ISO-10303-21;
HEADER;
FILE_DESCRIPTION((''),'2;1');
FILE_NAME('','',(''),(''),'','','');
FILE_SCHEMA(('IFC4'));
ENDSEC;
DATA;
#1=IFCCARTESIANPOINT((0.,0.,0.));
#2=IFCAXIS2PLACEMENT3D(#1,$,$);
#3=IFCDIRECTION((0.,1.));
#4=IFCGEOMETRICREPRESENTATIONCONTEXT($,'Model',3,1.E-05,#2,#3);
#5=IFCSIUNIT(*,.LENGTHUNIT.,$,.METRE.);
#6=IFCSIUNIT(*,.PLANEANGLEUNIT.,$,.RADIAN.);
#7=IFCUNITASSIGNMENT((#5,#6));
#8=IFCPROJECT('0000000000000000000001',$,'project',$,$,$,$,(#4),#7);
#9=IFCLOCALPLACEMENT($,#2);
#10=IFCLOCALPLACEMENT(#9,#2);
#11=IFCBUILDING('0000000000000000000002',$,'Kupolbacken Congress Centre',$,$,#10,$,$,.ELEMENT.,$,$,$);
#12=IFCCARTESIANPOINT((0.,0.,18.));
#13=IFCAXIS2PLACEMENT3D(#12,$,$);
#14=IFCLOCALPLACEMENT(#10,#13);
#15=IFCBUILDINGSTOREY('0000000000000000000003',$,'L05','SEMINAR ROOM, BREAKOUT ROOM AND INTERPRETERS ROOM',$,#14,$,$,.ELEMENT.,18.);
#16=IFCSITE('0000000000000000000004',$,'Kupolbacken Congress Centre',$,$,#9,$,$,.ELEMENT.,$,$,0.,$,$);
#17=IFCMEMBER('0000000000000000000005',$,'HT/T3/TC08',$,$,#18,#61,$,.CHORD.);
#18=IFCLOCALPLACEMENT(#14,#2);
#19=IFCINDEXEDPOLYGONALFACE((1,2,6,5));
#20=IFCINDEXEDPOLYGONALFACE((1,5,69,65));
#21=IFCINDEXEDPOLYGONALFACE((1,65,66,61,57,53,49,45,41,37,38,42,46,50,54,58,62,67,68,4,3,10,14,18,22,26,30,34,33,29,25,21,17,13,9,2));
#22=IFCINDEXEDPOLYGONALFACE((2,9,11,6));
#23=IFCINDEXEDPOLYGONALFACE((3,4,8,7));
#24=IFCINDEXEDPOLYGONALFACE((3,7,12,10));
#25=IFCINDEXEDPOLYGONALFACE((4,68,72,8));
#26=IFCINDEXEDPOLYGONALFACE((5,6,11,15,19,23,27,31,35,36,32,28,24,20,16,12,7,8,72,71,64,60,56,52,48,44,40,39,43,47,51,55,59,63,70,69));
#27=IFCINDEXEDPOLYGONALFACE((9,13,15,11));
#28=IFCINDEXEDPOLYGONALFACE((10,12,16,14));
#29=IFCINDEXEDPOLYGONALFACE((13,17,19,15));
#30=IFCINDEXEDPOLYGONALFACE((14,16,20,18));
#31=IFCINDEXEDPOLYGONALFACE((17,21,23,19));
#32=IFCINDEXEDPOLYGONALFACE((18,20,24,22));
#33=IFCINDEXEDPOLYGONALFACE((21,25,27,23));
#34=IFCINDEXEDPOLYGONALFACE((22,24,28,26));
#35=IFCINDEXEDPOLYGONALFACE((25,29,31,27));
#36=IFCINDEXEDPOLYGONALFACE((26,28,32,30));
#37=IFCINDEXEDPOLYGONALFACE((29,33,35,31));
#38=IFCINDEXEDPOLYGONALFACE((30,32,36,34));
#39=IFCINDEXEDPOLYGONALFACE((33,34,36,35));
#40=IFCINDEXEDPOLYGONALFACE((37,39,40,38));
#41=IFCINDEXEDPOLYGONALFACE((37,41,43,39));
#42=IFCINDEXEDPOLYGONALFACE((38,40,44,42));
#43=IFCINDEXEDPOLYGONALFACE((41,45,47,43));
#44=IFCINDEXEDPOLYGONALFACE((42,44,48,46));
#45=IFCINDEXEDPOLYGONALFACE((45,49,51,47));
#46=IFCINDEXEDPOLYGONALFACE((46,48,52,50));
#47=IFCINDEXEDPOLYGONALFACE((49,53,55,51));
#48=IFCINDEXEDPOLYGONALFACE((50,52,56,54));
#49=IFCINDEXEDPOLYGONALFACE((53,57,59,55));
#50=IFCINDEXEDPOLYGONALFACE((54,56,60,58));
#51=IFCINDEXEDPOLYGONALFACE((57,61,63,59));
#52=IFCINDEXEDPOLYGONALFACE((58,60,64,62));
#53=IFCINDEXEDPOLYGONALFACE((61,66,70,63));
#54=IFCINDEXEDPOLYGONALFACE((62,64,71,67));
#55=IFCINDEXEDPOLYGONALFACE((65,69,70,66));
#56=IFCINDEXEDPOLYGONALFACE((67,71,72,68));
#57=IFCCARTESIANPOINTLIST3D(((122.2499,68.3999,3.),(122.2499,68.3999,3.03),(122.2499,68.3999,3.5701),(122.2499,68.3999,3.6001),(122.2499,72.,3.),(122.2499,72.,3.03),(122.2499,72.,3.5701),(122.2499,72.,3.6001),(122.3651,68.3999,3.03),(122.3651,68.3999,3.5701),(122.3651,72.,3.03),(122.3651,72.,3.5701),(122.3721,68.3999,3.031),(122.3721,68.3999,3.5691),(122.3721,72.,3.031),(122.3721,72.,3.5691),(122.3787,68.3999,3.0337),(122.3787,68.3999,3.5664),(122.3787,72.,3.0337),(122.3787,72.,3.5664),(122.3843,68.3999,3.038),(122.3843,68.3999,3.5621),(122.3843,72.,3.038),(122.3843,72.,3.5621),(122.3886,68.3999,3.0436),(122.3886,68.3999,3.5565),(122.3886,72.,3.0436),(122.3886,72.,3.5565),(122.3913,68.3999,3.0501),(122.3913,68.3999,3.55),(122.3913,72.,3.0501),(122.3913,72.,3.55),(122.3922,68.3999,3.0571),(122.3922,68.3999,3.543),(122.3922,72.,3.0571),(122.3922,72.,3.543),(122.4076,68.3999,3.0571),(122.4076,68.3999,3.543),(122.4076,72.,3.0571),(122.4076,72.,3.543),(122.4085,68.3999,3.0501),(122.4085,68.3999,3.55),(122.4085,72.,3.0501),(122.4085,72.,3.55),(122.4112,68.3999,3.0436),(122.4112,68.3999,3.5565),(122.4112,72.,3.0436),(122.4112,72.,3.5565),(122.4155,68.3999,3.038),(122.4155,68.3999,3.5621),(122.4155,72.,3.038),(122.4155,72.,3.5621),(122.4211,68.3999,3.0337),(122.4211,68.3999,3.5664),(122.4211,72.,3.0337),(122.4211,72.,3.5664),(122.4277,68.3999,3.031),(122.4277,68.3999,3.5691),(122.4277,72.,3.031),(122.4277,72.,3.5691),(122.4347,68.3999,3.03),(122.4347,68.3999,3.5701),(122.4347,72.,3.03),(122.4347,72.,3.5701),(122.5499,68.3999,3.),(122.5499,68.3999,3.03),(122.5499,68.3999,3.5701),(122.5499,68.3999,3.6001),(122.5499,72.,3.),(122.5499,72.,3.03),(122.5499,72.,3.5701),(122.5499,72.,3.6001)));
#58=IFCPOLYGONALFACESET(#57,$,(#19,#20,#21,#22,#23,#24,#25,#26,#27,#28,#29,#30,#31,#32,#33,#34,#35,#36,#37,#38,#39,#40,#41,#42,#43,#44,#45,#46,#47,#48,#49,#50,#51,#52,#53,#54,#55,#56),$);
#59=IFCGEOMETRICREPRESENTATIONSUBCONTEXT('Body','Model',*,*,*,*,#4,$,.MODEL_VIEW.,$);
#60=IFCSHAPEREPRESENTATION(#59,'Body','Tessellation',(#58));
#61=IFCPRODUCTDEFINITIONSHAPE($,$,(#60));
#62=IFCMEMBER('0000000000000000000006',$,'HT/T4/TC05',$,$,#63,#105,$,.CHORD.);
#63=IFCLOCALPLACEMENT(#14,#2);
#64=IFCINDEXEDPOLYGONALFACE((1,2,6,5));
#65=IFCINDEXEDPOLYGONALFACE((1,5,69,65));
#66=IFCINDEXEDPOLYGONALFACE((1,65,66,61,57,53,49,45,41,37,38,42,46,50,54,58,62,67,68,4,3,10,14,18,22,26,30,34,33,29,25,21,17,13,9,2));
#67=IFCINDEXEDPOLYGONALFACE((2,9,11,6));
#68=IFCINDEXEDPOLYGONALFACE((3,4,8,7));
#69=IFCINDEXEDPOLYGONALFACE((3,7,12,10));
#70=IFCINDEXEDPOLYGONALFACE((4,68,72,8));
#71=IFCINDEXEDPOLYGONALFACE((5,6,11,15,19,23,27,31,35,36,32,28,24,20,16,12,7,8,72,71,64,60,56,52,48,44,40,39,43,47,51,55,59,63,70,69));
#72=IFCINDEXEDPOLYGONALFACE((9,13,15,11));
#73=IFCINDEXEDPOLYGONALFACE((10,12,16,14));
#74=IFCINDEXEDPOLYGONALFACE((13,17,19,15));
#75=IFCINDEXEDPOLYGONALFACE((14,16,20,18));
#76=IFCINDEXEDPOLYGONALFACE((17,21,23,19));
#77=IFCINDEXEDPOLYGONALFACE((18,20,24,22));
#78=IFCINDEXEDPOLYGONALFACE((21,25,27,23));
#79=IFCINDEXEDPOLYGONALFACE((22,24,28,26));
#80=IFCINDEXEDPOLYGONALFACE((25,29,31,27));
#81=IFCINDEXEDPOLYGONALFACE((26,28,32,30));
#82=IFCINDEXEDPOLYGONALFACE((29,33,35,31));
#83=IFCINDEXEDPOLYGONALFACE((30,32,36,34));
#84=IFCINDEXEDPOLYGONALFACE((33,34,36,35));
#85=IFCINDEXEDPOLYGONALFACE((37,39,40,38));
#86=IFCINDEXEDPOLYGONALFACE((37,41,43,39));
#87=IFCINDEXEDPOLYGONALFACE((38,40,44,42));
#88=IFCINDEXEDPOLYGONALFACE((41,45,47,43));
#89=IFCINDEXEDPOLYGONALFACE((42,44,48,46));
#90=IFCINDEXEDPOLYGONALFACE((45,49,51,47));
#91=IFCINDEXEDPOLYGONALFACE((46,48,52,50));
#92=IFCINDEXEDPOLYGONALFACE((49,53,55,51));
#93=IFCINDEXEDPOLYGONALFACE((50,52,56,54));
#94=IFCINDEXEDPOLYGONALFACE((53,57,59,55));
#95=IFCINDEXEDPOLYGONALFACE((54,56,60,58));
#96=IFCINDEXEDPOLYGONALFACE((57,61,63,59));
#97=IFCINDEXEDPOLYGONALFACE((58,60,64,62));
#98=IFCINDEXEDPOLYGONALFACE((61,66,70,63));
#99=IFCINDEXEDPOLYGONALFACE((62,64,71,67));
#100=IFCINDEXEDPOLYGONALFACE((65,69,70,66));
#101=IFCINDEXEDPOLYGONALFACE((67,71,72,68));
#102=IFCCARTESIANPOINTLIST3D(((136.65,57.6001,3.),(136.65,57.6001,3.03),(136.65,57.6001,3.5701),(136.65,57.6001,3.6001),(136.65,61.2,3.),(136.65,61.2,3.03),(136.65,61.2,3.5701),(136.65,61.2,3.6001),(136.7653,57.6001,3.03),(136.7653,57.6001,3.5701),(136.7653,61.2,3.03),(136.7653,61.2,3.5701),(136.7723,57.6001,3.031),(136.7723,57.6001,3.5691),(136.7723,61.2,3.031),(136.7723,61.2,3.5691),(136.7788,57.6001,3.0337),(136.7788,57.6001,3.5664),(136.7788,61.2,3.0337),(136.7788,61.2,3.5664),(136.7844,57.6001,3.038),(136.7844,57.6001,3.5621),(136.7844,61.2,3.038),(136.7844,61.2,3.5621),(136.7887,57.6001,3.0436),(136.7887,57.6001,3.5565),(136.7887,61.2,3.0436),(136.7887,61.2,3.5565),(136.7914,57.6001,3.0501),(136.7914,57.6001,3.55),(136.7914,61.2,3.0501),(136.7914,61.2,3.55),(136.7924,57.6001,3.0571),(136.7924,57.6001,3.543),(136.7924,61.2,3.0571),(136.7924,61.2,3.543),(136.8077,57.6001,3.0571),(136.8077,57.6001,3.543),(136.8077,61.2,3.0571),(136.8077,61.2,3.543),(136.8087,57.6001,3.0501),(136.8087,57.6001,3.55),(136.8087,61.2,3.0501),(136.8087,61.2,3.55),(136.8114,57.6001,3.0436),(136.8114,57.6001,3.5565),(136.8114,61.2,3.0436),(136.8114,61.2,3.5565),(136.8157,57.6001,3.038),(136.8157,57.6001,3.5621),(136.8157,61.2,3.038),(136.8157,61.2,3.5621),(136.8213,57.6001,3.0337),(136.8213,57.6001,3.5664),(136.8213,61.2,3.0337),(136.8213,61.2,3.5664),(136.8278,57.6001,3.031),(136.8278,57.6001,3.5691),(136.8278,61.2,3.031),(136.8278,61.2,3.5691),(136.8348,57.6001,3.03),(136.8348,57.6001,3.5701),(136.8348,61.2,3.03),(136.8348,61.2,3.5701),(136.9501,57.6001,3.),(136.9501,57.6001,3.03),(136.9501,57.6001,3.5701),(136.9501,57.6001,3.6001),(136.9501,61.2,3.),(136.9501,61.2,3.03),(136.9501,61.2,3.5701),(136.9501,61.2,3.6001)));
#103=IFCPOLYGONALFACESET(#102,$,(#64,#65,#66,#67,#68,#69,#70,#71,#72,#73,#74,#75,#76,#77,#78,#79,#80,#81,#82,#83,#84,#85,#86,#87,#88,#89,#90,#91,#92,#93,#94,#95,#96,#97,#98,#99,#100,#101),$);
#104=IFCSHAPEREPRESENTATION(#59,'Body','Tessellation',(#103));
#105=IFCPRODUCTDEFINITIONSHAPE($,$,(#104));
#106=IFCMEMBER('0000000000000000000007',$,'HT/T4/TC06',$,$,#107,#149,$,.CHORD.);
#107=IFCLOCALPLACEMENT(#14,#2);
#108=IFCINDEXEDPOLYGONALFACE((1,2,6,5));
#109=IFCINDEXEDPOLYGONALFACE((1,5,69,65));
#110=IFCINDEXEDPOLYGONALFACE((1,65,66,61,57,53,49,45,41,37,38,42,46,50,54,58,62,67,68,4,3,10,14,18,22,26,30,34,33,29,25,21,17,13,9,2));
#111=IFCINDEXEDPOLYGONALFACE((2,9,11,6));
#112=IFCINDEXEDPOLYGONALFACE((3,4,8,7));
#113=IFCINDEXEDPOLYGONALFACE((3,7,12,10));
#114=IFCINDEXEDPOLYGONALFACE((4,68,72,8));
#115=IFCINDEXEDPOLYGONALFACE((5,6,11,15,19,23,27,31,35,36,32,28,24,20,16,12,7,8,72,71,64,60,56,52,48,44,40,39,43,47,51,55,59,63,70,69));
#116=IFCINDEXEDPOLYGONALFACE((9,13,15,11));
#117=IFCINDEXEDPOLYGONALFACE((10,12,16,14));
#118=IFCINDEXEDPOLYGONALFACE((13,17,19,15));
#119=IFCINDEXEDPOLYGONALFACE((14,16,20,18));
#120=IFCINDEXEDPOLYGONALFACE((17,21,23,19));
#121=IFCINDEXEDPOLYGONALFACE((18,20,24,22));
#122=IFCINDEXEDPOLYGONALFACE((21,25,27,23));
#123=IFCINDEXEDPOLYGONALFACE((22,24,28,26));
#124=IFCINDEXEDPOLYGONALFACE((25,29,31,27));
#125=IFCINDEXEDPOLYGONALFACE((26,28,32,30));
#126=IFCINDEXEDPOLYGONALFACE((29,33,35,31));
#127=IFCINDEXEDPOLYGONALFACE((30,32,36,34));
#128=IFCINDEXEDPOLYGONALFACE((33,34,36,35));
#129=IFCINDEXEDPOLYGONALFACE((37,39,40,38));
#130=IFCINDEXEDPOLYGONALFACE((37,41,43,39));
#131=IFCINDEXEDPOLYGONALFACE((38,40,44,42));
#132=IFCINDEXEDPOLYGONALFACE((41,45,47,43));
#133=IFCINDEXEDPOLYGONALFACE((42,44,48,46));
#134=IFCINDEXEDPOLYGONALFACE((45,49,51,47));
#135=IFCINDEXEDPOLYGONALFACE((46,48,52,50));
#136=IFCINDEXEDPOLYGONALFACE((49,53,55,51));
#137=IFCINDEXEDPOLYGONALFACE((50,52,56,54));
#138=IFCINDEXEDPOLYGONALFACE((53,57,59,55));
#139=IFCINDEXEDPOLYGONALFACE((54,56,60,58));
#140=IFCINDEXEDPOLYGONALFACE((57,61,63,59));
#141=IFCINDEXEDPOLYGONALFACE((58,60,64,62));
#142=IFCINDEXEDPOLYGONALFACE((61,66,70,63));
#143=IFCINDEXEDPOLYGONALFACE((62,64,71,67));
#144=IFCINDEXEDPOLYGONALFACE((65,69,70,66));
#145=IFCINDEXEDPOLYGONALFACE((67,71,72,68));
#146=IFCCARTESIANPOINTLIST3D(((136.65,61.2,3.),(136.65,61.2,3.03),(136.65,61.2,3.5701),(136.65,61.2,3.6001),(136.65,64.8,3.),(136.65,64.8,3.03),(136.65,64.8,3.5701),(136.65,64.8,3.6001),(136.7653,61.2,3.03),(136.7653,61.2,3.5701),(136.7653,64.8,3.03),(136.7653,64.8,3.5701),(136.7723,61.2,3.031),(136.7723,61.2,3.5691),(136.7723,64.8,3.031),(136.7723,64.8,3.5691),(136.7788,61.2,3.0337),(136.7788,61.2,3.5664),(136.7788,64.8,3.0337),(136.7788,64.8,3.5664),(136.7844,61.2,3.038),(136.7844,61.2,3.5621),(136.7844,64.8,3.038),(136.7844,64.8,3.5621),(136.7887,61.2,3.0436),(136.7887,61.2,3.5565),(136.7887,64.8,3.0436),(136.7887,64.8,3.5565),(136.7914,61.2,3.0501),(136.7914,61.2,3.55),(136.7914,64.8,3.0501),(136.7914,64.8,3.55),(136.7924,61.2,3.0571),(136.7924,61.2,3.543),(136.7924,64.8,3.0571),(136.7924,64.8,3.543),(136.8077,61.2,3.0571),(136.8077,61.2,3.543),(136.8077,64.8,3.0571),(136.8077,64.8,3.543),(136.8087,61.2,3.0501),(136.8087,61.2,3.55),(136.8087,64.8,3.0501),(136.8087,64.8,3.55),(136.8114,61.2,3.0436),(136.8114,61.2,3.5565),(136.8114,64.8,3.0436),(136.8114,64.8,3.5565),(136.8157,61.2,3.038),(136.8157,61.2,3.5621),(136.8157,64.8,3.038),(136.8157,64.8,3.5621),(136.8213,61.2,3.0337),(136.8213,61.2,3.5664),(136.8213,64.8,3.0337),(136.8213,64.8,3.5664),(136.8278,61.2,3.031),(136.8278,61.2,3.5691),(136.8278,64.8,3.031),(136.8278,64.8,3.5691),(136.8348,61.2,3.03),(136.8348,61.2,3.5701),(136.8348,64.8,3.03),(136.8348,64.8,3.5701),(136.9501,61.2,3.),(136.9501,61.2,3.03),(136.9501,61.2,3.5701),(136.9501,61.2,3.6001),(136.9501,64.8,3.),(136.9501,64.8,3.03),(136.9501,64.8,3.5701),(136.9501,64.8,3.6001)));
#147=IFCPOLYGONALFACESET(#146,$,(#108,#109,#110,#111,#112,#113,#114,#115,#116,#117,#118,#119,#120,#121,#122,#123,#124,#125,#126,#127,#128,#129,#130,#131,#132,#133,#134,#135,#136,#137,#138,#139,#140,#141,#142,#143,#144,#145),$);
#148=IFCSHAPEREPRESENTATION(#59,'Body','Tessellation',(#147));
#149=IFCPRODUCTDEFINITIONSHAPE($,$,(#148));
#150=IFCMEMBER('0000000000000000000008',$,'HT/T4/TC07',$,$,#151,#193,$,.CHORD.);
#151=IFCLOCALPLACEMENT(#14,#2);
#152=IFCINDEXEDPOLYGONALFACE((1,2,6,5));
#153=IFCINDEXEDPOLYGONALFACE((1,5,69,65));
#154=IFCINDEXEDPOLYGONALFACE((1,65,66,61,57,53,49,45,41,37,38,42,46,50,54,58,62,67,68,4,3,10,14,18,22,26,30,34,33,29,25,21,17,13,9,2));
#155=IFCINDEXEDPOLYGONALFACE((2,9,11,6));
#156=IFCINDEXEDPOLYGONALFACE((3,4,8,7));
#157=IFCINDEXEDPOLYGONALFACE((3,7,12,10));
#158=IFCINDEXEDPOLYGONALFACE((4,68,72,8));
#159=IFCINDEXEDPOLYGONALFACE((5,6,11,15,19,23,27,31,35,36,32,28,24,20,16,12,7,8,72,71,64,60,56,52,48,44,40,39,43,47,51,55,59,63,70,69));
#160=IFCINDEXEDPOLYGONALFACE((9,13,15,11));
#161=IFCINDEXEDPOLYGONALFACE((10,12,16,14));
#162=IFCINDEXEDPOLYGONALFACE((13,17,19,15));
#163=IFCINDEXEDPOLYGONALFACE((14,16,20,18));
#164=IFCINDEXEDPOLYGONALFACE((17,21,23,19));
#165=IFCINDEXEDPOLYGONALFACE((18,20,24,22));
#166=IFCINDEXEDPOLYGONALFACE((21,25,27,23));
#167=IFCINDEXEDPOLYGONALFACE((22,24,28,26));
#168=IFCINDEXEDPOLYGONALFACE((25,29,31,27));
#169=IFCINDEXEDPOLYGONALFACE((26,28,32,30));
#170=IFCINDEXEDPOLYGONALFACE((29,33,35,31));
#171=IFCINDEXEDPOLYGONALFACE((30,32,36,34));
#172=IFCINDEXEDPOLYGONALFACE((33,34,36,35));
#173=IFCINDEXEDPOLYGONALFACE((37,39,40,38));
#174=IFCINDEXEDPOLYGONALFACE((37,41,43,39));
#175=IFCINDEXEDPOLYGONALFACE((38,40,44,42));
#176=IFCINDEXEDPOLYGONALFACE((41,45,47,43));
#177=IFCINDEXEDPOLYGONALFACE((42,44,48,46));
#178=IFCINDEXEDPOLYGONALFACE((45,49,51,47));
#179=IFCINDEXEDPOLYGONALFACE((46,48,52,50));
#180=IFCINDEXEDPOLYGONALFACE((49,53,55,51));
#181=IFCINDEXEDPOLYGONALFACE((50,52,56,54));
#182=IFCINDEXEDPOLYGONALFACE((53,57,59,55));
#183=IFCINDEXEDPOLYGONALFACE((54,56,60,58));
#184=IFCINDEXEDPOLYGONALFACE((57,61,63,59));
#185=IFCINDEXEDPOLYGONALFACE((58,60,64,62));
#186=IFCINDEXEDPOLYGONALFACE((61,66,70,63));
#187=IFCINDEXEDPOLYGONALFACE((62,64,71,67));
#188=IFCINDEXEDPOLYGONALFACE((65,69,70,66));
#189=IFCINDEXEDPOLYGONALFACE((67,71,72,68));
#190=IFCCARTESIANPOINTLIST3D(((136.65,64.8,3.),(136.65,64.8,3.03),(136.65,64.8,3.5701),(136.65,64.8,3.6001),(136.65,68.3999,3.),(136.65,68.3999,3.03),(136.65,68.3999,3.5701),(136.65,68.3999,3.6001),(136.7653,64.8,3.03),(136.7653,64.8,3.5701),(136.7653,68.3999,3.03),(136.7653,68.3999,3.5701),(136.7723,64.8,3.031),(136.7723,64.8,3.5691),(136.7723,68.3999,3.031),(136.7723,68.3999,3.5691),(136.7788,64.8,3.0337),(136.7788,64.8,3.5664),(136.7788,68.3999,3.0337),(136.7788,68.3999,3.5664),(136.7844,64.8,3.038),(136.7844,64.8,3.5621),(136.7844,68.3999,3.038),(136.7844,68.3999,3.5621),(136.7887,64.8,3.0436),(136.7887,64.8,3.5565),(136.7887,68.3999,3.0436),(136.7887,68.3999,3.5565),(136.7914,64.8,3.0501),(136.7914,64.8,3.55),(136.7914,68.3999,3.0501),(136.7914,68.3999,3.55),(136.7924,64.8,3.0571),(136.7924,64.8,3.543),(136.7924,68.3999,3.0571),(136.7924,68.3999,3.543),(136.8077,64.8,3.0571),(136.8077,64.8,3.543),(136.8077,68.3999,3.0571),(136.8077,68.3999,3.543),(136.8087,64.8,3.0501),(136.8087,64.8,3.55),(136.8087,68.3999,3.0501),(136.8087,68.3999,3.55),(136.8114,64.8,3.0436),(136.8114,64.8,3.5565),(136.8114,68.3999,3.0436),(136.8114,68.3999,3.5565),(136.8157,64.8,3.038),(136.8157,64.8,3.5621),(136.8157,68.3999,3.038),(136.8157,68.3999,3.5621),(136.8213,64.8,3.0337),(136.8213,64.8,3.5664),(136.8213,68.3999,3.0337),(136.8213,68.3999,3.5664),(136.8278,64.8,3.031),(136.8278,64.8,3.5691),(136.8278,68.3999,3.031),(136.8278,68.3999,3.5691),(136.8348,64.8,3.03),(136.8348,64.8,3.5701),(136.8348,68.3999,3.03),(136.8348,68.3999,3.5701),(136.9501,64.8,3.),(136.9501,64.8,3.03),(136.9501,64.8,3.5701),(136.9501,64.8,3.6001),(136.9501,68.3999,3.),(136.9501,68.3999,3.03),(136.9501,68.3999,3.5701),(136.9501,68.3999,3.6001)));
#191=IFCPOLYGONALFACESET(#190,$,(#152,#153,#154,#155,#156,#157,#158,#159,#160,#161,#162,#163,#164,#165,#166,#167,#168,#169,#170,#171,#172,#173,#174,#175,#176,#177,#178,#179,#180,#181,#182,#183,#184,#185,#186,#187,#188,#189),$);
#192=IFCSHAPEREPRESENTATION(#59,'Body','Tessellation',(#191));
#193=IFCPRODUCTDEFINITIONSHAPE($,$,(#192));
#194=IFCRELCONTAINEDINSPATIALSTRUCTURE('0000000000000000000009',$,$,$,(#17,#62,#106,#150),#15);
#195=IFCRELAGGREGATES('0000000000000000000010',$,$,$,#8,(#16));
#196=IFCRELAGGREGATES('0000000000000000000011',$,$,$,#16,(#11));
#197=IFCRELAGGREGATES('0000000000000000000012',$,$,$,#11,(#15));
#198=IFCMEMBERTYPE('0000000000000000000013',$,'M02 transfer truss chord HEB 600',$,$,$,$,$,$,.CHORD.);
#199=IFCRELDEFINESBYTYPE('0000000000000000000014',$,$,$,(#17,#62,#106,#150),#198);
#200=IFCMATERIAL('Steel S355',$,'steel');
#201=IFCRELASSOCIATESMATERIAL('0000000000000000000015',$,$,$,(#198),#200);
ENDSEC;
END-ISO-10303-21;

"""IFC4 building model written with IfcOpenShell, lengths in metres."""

from ifc_helpers import new_model, si_unit, direction, frame, origin, origin_2d, place, context, subcontext, project, spatial, i_section, extrude, material, material_profile, profile_set, type_object, element, save


model = new_model("IFC4")

# Units and contexts
model_context = context("Model", 3, precision=1e-05, world=origin(), true_north=direction((0.0, 1.0)))
body_context = subcontext(model_context, "Body", "Model", "MODEL_VIEW")
ifc_project = project(units=[si_unit("LENGTHUNIT", "METRE"), si_unit("PLANEANGLEUNIT", "RADIAN")], contexts=[model_context])

# Site, building, storey
site_placement = place(None, origin())
site = spatial("IfcSite", under=ifc_project, at=site_placement, Name="Kupolbacken Congress Centre", CompositionType="ELEMENT", RefElevation=0.0)
building_placement = place(site_placement, origin())
building = spatial("IfcBuilding", under=site, at=building_placement, Name="Kupolbacken Congress Centre", CompositionType="ELEMENT")
storey_placement = place(building_placement, frame((0.0, 0.0, 18.0)))
storey = spatial("IfcBuildingStorey", under=building, at=storey_placement, Name="L05", Description="SEMINAR ROOM, BREAKOUT ROOM AND INTERPRETERS ROOM", CompositionType="ELEMENT", Elevation=18.0)

# Members
ifc_material_1 = material(Name="Steel S355", Category="steel")
ifc_material_profile_1 = material_profile(ifc_material_1, i_section(OverallWidth=0.3, OverallDepth=0.6001, WebThickness=0.0154, FlangeThickness=0.03, FilletRadius=0.0271, at=origin_2d()), Name="HEB 600")
ifc_profile_set_1 = profile_set([ifc_material_profile_1], Name="Steel S355")
member_type_1 = type_object("IfcMemberType", Name="M02 transfer truss chord HEB 600", PredefinedType="CHORD", material=ifc_profile_set_1)
member_1_placement = place(storey_placement, frame((122.3999, 68.3999, 3.3), z_axis=(0.0, 1.0, 0.0), x_axis=(-1.0, 0.0, 0.0)))
element("IfcMember", 1, at=member_1_placement, inside=storey, type_object=member_type_1, Name="HT/T3/TC08", PredefinedType="CHORD", context=body_context, shape_type="SweptSolid", body=[
    extrude(i_section(OverallWidth=0.3, OverallDepth=0.6001, WebThickness=0.0154, FlangeThickness=0.03, FilletRadius=0.0271, at=origin_2d()), origin(), (0.0, 0.0, 1.0), 3.6001),
])
member_2_placement = place(storey_placement, frame((136.8, 57.6001, 3.3), z_axis=(0.0, 1.0, 0.0), x_axis=(-1.0, 0.0, 0.0)))
element("IfcMember", 2, at=member_2_placement, inside=storey, type_object=member_type_1, Name="HT/T4/TC05", PredefinedType="CHORD", context=body_context, shape_type="SweptSolid", body=[
    extrude(i_section(OverallWidth=0.3, OverallDepth=0.6001, WebThickness=0.0154, FlangeThickness=0.03, FilletRadius=0.0271, at=origin_2d()), origin(), (0.0, 0.0, 1.0), 3.5999),
])
member_3_placement = place(storey_placement, frame((136.8, 61.2, 3.3), z_axis=(0.0, 1.0, 0.0), x_axis=(-1.0, 0.0, 0.0)))
element("IfcMember", 3, at=member_3_placement, inside=storey, type_object=member_type_1, Name="HT/T4/TC06", PredefinedType="CHORD", context=body_context, shape_type="SweptSolid", body=[
    extrude(i_section(OverallWidth=0.3, OverallDepth=0.6001, WebThickness=0.0154, FlangeThickness=0.03, FilletRadius=0.0271, at=origin_2d()), origin(), (0.0, 0.0, 1.0), 3.6001),
])
member_4_placement = place(storey_placement, frame((136.8, 64.8, 3.3), z_axis=(0.0, 1.0, 0.0), x_axis=(-1.0, 0.0, 0.0)))
element("IfcMember", 4, at=member_4_placement, inside=storey, type_object=member_type_1, Name="HT/T4/TC07", PredefinedType="CHORD", context=body_context, shape_type="SweptSolid", body=[
    extrude(i_section(OverallWidth=0.3, OverallDepth=0.6001, WebThickness=0.0154, FlangeThickness=0.03, FilletRadius=0.0271, at=origin_2d()), origin(), (0.0, 0.0, 1.0), 3.5999),
])

save(model, "model.ifc")
